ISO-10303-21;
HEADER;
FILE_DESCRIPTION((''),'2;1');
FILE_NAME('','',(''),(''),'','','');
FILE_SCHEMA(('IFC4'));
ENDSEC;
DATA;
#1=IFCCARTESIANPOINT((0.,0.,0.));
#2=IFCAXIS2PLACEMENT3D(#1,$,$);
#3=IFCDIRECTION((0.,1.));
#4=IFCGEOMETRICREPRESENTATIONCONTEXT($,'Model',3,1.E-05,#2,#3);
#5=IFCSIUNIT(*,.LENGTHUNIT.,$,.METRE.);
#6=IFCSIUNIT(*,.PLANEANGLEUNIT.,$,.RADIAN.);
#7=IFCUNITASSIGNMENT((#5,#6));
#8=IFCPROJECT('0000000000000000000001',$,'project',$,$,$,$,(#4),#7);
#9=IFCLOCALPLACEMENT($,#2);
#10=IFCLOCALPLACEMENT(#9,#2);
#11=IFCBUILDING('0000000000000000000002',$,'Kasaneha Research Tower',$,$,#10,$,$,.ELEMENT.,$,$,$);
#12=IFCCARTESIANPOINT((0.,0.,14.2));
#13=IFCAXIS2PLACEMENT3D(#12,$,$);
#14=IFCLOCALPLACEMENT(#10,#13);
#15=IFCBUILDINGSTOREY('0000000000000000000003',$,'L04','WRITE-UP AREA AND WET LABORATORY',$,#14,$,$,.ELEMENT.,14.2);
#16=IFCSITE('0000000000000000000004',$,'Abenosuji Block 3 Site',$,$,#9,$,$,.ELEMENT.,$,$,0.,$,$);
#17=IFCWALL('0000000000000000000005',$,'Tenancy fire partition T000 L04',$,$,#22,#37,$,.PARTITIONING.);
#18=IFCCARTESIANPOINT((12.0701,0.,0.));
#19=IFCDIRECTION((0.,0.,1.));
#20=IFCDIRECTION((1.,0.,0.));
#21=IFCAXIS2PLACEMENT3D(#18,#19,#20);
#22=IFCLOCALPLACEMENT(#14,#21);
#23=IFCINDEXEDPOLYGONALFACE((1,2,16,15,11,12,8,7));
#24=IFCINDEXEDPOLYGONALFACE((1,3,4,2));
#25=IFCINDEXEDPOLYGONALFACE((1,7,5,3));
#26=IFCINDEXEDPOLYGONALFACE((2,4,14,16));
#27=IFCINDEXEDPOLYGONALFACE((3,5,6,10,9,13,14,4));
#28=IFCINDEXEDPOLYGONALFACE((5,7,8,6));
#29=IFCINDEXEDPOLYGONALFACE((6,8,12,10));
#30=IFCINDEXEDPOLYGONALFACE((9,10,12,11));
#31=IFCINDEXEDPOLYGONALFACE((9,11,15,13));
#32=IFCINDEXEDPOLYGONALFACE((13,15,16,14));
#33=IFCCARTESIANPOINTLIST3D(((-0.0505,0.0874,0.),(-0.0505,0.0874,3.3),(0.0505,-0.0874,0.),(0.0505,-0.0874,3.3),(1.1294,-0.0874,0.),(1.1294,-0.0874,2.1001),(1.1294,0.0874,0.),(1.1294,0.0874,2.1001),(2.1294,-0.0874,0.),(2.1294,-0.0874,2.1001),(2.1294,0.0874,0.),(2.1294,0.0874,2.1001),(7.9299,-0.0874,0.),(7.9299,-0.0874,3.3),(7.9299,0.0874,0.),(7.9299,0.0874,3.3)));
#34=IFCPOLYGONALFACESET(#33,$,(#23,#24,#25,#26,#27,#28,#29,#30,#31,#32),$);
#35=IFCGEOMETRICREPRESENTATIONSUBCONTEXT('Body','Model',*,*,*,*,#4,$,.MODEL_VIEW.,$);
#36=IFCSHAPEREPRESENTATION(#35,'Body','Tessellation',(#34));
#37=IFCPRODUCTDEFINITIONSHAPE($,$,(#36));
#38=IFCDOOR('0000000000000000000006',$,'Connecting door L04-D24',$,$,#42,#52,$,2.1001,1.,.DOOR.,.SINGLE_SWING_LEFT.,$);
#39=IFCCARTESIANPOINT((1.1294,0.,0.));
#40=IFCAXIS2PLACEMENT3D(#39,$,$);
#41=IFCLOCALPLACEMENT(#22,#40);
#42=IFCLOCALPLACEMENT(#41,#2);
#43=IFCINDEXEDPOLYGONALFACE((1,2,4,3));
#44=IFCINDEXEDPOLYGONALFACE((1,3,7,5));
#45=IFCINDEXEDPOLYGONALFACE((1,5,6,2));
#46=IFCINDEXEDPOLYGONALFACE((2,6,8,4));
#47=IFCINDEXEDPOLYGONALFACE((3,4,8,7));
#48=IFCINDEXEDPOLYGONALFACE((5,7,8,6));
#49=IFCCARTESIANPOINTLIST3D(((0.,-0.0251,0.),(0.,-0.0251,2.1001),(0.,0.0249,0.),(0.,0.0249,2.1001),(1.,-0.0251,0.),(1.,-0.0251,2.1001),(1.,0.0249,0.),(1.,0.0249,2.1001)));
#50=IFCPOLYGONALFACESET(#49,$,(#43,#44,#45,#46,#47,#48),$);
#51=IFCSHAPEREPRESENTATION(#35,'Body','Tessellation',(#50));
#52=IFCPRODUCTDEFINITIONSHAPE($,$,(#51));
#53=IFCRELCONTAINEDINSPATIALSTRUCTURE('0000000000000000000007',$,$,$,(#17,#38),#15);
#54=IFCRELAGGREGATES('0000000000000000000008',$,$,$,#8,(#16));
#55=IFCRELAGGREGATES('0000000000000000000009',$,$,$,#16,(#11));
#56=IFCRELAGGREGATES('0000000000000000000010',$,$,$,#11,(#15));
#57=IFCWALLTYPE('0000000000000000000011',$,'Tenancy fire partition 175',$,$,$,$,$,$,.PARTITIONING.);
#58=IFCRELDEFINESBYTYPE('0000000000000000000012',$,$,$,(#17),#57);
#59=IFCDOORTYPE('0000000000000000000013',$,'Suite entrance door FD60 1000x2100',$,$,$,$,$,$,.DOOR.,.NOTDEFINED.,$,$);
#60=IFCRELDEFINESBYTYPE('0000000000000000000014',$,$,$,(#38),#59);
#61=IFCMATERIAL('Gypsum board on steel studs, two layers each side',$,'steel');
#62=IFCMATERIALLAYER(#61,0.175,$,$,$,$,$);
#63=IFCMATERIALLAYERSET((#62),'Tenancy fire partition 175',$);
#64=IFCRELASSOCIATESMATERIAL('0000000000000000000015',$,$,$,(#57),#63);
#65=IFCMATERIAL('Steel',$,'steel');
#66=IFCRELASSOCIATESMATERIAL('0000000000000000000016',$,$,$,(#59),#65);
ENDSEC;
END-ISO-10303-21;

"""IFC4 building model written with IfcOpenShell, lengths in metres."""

from ifc_helpers import new_model, si_unit, direction, frame, frame_2d, origin, place, context, subcontext, project, spatial, polyline, rectangle, outline, extrude, material, layer, layer_set, type_object, element, fill, save


model = new_model("IFC4")

# Units and contexts
model_context = context("Model", 3, precision=1e-05, world=origin(), true_north=direction((0.0, 1.0)))
body_context = subcontext(model_context, "Body", "Model", "MODEL_VIEW")
ifc_project = project(units=[si_unit("LENGTHUNIT", "METRE"), si_unit("PLANEANGLEUNIT", "RADIAN")], contexts=[model_context])

# Site, building, storey
site_placement = place(None, origin())
site = spatial("IfcSite", under=ifc_project, at=site_placement, Name="Abenosuji Block 3 Site", CompositionType="ELEMENT", RefElevation=0.0)
building_placement = place(site_placement, origin())
building = spatial("IfcBuilding", under=site, at=building_placement, Name="Kasaneha Research Tower", CompositionType="ELEMENT")
storey_placement = place(building_placement, frame((0.0, 0.0, 14.2)))
storey = spatial("IfcBuildingStorey", under=building, at=storey_placement, Name="L04", Description="WRITE-UP AREA AND WET LABORATORY", CompositionType="ELEMENT", Elevation=14.2)

# Wall, opening, door
ifc_material_1 = material(Name="Gypsum board on steel studs, two layers each side", Category="steel")
ifc_layer_1 = layer(ifc_material_1, 0.175)
ifc_layer_set_1 = layer_set([ifc_layer_1], Name="Tenancy fire partition 175")
wall_type_1 = type_object("IfcWallType", Name="Tenancy fire partition 175", PredefinedType="PARTITIONING", material=ifc_layer_set_1)
wall_1_placement = place(storey_placement, frame((12.0701, 0.0, 0.0), z_axis=(0.0, 0.0, 1.0), x_axis=(1.0, 0.0, 0.0)))
wall_1 = element("IfcWall", 1, at=wall_1_placement, inside=storey, type_object=wall_type_1, Name="Tenancy fire partition T000 L04", PredefinedType="PARTITIONING", context=body_context, shape_type="SweptSolid", body=[
    extrude(outline(polyline([(0.0505, -0.0874), (1.1294, -0.0874), (2.1294, -0.0874), (7.9299, -0.0874), (7.9299, 0.0874), (2.1294, 0.0874), (1.1294, 0.0874), (-0.0505, 0.0874), (0.0505, -0.0874)])), origin(), (0.0, 0.0, 1.0), 3.3),
])
opening_1_placement = place(wall_1_placement, frame((1.1294, 0.0, 0.0)))
opening_1 = element("IfcOpeningElement", 2, at=opening_1_placement, cuts=wall_1, PredefinedType="OPENING", context=body_context, shape_type="SweptSolid", body=[
    extrude(rectangle(XDim=1.0, YDim=2.1001, at=frame_2d((0.5, 1.05))), frame((0.0, 0.0977, 0.0), z_axis=(0.0, -1.0, 0.0), x_axis=(1.0, 0.0, 0.0)), (0.0, 0.0, 1.0), 0.1951),
])
ifc_material_2 = material(Name="Steel", Category="steel")
door_type_1 = type_object("IfcDoorType", Name="Suite entrance door FD60 1000x2100", OperationType="NOTDEFINED", PredefinedType="DOOR", material=ifc_material_2)
door_1_placement = place(opening_1_placement, origin())
door_1 = element("IfcDoor", 3, at=door_1_placement, inside=storey, type_object=door_type_1, Name="Connecting door L04-D24", OperationType="SINGLE_SWING_LEFT", OverallHeight=2.1001, OverallWidth=1.0, PredefinedType="DOOR", context=body_context, shape_type="SweptSolid", body=[
    extrude(rectangle(XDim=1.0, YDim=2.1001, at=frame_2d((0.5, 1.05))), frame((0.0, 0.0249, 0.0), z_axis=(0.0, -1.0, 0.0), x_axis=(1.0, 0.0, 0.0)), (0.0, 0.0, 1.0), 0.05),
])
fill(opening_1, door_1)

save(model, "model.ifc")
